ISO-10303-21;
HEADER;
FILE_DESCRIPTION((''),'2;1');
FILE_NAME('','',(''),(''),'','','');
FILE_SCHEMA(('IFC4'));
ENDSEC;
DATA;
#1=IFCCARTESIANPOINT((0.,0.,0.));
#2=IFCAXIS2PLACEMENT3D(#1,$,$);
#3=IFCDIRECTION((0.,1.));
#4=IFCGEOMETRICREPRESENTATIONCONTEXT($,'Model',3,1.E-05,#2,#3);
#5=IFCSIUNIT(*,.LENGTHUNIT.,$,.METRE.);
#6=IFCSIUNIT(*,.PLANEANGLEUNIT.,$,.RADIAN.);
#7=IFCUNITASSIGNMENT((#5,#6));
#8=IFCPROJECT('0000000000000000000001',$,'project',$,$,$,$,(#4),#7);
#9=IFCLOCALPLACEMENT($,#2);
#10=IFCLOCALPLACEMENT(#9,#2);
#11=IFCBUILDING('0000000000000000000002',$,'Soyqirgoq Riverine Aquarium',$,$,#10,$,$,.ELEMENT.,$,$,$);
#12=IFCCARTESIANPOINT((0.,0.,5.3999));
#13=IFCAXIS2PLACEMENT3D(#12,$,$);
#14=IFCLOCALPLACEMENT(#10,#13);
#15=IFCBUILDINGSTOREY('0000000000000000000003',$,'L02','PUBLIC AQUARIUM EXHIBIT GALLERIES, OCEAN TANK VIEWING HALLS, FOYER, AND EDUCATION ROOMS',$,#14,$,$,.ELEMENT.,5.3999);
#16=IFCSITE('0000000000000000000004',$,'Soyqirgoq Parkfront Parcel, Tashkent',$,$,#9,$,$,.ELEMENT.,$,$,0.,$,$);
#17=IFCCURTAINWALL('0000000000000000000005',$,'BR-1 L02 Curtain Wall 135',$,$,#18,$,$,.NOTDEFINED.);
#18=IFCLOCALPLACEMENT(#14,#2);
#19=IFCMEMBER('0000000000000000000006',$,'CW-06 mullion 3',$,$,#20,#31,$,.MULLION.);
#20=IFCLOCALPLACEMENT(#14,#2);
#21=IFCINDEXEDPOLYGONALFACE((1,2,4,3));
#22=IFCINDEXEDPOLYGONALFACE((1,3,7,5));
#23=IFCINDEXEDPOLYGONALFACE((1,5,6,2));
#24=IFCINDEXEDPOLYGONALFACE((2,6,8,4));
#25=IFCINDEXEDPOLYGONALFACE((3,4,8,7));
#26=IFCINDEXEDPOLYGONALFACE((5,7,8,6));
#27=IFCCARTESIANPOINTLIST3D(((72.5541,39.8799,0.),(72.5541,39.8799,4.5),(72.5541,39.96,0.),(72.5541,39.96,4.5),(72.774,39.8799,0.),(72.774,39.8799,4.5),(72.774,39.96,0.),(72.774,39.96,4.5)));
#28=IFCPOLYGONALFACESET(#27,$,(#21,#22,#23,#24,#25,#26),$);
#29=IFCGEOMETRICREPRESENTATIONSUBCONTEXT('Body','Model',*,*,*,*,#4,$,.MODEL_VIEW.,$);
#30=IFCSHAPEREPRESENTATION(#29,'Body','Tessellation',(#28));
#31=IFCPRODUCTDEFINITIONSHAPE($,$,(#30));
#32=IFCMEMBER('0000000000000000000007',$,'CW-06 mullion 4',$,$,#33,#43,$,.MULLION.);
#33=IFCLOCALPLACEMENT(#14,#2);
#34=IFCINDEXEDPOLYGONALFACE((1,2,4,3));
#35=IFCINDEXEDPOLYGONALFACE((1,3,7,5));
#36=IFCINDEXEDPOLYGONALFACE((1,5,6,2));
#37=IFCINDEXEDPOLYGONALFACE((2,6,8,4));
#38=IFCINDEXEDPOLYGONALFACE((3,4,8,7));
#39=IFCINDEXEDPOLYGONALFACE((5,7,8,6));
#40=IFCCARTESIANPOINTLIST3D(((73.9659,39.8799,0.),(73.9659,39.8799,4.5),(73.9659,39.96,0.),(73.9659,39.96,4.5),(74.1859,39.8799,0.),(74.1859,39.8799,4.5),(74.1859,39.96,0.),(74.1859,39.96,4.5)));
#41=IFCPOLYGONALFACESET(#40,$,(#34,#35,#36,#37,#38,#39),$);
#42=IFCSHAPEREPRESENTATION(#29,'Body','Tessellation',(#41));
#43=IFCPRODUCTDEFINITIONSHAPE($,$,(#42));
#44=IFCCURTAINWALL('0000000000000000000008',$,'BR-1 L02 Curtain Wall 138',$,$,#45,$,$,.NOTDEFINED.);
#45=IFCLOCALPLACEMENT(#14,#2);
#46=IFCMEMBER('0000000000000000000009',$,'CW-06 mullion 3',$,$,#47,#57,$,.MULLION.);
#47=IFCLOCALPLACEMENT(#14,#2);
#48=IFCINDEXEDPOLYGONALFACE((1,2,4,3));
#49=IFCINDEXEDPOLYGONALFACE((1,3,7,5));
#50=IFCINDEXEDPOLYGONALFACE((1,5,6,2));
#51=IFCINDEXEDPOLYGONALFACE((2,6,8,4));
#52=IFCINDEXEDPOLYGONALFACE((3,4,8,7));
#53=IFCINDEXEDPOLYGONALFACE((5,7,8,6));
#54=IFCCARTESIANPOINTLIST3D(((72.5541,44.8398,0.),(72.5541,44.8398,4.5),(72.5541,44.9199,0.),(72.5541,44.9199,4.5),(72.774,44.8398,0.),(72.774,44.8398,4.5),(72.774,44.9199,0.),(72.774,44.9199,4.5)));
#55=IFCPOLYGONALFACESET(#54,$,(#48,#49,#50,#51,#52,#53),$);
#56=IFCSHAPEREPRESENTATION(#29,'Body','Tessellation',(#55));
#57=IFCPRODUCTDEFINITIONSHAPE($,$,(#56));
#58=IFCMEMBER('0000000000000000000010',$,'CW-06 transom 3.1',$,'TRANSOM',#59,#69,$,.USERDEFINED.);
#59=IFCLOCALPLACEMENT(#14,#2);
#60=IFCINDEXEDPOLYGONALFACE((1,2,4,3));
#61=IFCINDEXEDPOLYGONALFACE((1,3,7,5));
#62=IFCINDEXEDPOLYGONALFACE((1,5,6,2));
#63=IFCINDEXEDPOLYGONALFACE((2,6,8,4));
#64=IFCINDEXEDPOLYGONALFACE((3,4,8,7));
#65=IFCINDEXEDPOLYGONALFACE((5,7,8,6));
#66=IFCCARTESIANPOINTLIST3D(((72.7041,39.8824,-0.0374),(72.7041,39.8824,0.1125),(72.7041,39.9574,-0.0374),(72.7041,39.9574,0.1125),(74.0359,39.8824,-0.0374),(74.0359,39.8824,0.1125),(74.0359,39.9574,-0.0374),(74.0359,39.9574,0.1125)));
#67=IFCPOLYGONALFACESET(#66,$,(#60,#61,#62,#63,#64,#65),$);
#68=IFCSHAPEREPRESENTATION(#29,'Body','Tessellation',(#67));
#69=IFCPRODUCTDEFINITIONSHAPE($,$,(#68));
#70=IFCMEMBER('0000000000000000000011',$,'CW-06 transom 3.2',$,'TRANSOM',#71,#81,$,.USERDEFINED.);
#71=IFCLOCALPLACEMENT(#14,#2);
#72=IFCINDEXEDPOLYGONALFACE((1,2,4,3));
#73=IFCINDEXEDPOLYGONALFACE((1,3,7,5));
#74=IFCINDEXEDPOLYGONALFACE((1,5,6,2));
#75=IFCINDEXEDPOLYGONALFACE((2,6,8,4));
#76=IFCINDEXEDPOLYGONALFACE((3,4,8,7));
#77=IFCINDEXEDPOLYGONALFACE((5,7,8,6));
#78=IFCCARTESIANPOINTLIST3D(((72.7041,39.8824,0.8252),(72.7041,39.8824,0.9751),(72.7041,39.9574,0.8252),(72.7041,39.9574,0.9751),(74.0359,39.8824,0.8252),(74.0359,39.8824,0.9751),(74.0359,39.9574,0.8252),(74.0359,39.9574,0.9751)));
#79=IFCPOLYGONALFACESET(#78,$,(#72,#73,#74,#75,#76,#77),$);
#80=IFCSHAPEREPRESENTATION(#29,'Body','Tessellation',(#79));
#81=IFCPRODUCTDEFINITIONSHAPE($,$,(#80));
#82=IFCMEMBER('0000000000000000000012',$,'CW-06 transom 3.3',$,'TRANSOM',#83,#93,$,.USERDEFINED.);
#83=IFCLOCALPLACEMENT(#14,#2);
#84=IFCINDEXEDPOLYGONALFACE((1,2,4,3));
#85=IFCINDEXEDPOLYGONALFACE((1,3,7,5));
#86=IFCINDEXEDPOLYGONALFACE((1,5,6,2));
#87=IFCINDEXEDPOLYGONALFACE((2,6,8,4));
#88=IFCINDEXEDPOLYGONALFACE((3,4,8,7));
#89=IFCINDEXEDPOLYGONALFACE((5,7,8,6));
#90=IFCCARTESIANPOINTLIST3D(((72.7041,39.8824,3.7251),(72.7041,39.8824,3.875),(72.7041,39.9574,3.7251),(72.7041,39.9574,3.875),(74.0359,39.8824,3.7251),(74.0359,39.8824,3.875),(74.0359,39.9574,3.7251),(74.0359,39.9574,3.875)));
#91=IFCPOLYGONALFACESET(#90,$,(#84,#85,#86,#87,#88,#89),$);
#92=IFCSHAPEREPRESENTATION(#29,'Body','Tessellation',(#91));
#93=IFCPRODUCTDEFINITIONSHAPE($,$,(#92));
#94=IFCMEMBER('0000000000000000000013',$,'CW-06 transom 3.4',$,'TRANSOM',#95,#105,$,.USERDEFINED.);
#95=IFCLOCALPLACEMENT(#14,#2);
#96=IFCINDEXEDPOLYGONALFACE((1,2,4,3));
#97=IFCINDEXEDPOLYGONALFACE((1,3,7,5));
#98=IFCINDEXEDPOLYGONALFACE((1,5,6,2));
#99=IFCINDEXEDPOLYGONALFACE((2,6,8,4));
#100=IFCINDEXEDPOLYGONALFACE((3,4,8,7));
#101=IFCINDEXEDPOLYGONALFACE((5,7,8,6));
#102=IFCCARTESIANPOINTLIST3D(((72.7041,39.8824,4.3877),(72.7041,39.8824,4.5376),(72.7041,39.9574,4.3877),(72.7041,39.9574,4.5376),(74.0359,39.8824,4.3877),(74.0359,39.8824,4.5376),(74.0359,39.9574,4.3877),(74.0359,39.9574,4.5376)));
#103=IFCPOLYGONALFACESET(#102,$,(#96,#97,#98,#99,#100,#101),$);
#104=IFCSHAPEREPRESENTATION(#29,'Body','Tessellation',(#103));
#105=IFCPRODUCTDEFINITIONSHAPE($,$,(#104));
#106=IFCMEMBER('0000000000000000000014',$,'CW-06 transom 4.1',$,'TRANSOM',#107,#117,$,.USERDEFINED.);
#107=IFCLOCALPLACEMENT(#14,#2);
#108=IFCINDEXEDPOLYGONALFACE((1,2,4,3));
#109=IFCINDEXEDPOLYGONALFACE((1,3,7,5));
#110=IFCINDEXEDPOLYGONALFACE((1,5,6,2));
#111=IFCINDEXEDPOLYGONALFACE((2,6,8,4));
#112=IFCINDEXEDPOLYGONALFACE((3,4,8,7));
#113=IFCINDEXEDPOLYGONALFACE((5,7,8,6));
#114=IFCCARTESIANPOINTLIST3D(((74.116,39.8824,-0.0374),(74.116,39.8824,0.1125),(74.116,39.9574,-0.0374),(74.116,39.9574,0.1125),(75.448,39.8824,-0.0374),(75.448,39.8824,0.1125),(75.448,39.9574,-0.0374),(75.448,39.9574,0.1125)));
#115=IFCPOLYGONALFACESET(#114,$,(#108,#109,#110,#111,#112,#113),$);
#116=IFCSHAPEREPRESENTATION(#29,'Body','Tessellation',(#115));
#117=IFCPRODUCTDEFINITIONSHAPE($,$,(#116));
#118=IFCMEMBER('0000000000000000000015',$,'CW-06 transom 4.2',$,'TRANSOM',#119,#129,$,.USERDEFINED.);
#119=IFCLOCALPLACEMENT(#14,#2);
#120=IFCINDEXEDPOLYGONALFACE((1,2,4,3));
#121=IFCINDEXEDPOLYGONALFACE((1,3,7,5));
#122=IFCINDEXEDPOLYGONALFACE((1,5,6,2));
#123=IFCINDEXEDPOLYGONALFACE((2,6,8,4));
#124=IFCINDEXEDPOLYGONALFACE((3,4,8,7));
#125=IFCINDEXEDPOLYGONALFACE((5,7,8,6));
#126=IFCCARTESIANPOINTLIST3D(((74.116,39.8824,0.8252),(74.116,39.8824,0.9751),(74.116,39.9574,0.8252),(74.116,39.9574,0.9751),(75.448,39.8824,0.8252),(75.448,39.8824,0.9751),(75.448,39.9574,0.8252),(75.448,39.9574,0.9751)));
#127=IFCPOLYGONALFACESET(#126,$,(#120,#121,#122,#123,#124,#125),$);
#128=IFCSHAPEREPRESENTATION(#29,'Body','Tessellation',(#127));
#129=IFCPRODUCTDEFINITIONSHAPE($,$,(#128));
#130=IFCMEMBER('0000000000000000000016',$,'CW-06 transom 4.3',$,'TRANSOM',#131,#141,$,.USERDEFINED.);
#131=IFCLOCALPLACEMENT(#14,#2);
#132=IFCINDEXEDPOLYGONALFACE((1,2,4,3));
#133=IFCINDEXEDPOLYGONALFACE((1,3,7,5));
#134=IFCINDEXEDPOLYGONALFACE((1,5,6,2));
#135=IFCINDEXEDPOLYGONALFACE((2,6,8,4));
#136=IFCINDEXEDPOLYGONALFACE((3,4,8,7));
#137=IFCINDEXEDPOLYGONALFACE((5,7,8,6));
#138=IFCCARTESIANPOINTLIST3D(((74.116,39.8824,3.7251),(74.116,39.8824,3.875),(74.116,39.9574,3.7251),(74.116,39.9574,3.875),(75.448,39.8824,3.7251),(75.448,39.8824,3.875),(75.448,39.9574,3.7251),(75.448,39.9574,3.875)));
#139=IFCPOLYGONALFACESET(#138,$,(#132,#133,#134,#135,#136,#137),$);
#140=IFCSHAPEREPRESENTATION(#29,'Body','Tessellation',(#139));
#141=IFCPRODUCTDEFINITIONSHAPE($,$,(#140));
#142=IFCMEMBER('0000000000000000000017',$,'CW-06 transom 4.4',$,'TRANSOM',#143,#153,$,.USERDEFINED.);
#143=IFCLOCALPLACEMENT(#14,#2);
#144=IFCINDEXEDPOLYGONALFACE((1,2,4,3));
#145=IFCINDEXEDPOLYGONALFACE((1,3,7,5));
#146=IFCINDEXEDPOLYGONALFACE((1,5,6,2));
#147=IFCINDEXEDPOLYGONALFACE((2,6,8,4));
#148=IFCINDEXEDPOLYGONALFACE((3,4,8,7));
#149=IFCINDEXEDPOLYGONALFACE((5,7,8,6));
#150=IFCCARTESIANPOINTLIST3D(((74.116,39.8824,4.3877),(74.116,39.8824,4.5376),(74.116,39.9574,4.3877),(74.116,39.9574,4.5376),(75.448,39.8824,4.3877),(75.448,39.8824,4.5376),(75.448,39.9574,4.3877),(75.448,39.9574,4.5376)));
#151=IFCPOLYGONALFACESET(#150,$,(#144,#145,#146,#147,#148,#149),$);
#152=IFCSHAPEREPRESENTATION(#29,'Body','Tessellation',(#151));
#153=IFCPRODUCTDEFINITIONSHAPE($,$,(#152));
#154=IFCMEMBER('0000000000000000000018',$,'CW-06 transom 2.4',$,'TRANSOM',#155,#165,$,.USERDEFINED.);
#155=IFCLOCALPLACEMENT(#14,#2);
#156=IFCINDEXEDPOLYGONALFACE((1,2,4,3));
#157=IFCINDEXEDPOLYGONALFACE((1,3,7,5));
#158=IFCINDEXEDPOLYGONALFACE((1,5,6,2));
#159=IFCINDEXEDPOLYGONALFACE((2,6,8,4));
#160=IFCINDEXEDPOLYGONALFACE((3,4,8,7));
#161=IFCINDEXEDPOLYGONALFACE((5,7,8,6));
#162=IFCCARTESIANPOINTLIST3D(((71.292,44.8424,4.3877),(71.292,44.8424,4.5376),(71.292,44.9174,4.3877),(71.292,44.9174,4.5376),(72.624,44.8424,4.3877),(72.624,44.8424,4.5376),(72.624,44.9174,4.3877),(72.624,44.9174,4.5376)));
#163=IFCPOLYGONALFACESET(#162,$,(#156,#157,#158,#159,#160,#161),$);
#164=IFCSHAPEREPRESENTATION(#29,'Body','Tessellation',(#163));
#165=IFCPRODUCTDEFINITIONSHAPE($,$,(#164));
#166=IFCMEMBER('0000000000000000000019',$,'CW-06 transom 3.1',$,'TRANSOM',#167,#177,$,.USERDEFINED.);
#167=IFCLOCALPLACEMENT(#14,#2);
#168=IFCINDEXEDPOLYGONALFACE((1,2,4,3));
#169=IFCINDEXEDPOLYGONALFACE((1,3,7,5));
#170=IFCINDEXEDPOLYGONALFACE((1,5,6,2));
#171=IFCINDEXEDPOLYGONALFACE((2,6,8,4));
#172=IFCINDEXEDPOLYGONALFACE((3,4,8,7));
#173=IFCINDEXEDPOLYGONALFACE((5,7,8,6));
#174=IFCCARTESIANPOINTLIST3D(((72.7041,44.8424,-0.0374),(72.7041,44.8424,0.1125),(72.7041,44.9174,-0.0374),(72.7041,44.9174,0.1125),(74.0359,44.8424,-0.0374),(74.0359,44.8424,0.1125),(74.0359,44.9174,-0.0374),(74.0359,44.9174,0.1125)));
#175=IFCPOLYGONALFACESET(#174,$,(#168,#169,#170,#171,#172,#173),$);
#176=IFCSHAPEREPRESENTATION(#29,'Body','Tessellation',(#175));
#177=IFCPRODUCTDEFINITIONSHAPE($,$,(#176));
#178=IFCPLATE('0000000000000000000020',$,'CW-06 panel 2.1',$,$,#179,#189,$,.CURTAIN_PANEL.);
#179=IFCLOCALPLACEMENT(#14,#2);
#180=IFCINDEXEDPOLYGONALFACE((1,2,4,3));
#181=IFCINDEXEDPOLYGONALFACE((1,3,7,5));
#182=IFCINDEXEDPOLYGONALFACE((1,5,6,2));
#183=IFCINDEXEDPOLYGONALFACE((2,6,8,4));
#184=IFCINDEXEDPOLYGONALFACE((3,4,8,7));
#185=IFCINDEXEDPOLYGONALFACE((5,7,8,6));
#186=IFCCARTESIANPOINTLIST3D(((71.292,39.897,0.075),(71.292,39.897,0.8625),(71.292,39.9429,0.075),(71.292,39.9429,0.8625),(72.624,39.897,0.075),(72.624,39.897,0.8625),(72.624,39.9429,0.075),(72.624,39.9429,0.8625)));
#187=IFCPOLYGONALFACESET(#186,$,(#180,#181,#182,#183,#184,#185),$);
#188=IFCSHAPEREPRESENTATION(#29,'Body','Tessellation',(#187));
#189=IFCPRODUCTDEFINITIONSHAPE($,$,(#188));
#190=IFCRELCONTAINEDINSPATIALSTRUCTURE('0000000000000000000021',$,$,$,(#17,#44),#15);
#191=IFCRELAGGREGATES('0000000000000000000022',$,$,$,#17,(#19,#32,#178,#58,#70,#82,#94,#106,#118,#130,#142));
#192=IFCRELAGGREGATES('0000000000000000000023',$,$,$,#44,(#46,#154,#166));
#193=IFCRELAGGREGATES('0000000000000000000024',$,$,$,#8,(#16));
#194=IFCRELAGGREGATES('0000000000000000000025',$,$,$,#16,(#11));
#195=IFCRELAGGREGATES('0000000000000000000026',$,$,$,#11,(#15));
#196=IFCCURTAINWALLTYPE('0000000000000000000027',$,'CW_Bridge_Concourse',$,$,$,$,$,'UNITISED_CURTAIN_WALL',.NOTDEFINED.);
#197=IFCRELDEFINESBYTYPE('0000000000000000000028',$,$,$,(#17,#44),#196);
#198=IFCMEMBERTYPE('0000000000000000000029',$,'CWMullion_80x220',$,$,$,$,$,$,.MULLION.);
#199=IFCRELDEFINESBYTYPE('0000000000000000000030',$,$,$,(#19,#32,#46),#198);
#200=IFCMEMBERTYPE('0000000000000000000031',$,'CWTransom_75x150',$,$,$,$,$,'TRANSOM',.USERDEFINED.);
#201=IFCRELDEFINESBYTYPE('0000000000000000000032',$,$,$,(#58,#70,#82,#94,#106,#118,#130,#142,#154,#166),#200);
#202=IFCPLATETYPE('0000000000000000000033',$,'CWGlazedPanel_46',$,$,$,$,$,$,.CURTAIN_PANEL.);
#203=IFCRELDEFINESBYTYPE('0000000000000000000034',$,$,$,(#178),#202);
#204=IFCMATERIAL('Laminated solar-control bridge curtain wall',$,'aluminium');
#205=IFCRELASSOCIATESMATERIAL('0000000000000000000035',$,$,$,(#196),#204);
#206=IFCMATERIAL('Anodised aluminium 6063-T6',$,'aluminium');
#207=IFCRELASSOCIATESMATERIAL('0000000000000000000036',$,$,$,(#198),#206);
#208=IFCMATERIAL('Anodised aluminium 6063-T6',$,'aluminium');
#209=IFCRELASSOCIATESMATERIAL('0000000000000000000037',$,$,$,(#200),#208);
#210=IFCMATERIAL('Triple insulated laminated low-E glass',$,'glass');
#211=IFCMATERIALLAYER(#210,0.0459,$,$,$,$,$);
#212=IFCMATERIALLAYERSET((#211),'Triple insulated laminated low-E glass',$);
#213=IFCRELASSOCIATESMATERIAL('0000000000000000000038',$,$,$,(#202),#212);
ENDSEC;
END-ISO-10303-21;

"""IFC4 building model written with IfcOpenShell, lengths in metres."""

from ifc_helpers import new_model, si_unit, direction, frame, origin, origin_2d, place, context, subcontext, project, spatial, rectangle, extrude, material, layer, layer_set, material_profile, profile_set, type_object, element, aggregate, save


model = new_model("IFC4")

# Units and contexts
model_context = context("Model", 3, precision=1e-05, world=origin(), true_north=direction((0.0, 1.0)))
body_context = subcontext(model_context, "Body", "Model", "MODEL_VIEW")
ifc_project = project(units=[si_unit("LENGTHUNIT", "METRE"), si_unit("PLANEANGLEUNIT", "RADIAN")], contexts=[model_context])

# Site, building, storey
site_placement = place(None, origin())
site = spatial("IfcSite", under=ifc_project, at=site_placement, Name="Soyqirgoq Parkfront Parcel, Tashkent", CompositionType="ELEMENT", RefElevation=0.0)
building_placement = place(site_placement, origin())
building = spatial("IfcBuilding", under=site, at=building_placement, Name="Soyqirgoq Riverine Aquarium", CompositionType="ELEMENT")
storey_placement = place(building_placement, frame((0.0, 0.0, 5.3999)))
storey = spatial("IfcBuildingStorey", under=building, at=storey_placement, Name="L02", Description="PUBLIC AQUARIUM EXHIBIT GALLERIES, OCEAN TANK VIEWING HALLS, FOYER, AND EDUCATION ROOMS", CompositionType="ELEMENT", Elevation=5.3999)

# Curtain wall, members
ifc_material_1 = material(Name="Laminated solar-control bridge curtain wall", Category="aluminium")
curtain_wall_type = type_object("IfcCurtainWallType", Name="CW_Bridge_Concourse", ElementType="UNITISED_CURTAIN_WALL", PredefinedType="NOTDEFINED", material=ifc_material_1)
curtain_wall_1_placement = place(storey_placement, origin())
curtain_wall_1 = element("IfcCurtainWall", 1, at=curtain_wall_1_placement, inside=storey, type_object=curtain_wall_type, Name="BR-1 L02 Curtain Wall 135", PredefinedType="NOTDEFINED")
ifc_material_2 = material(Name="Anodised aluminium 6063-T6", Category="aluminium")
ifc_material_profile_1 = material_profile(ifc_material_2, rectangle(XDim=0.0801, YDim=0.22, at=origin_2d()), Name="ALU-M 80x220")
ifc_profile_set_1 = profile_set([ifc_material_profile_1], Name="Anodised aluminium 6063-T6")
member_type_1 = type_object("IfcMemberType", Name="CWMullion_80x220", PredefinedType="MULLION", material=ifc_profile_set_1)
member_1_placement = place(storey_placement, frame((72.6641, 39.9199, 0.0), z_axis=(0.0, 0.0, 1.0), x_axis=(0.0, 1.0, 0.0)))
member_1 = element("IfcMember", 2, at=member_1_placement, type_object=member_type_1, Name="CW-06 mullion 3", PredefinedType="MULLION", context=body_context, shape_type="SweptSolid", body=[
    extrude(rectangle(XDim=0.0801, YDim=0.22, at=origin_2d()), origin(), (0.0, 0.0, 1.0), 4.5),
])
member_2_placement = place(storey_placement, frame((74.0759, 39.9199, 0.0), z_axis=(0.0, 0.0, 1.0), x_axis=(0.0, 1.0, 0.0)))
member_2 = element("IfcMember", 3, at=member_2_placement, type_object=member_type_1, Name="CW-06 mullion 4", PredefinedType="MULLION", context=body_context, shape_type="SweptSolid", body=[
    extrude(rectangle(XDim=0.0801, YDim=0.22, at=origin_2d()), origin(), (0.0, 0.0, 1.0), 4.5),
])

# Curtain wall, member
curtain_wall_2_placement = place(storey_placement, origin())
curtain_wall_2 = element("IfcCurtainWall", 4, at=curtain_wall_2_placement, inside=storey, type_object=curtain_wall_type, Name="BR-1 L02 Curtain Wall 138", PredefinedType="NOTDEFINED")
member_3_placement = place(storey_placement, frame((72.6641, 44.8799, 0.0), z_axis=(0.0, 0.0, 1.0), x_axis=(0.0, 1.0, 0.0)))
member_3 = element("IfcMember", 5, at=member_3_placement, type_object=member_type_1, Name="CW-06 mullion 3", PredefinedType="MULLION", context=body_context, shape_type="SweptSolid", body=[
    extrude(rectangle(XDim=0.0801, YDim=0.22, at=origin_2d()), origin(), (0.0, 0.0, 1.0), 4.5),
])

# Members
ifc_material_3 = material(Name="Anodised aluminium 6063-T6", Category="aluminium")
ifc_material_profile_2 = material_profile(ifc_material_3, rectangle(XDim=0.075, YDim=0.1499, at=origin_2d()), Name="ALU-T 75x150")
ifc_profile_set_2 = profile_set([ifc_material_profile_2], Name="Anodised aluminium 6063-T6")
member_type_2 = type_object("IfcMemberType", Name="CWTransom_75x150", ElementType="TRANSOM", PredefinedType="USERDEFINED", material=ifc_profile_set_2)
member_4_placement = place(storey_placement, frame((72.7041, 39.9199, 0.0376), z_axis=(1.0, 0.0, 0.0), x_axis=(0.0, 1.0, 0.0)))
member_4 = element("IfcMember", 6, at=member_4_placement, type_object=member_type_2, Name="CW-06 transom 3.1", ObjectType="TRANSOM", PredefinedType="USERDEFINED", context=body_context, shape_type="SweptSolid", body=[
    extrude(rectangle(XDim=0.075, YDim=0.1499, at=origin_2d()), origin(), (0.0, 0.0, 1.0), 1.3318),
])
member_5_placement = place(storey_placement, frame((72.7041, 39.9199, 0.9001), z_axis=(1.0, 0.0, 0.0), x_axis=(0.0, 1.0, 0.0)))
member_5 = element("IfcMember", 7, at=member_5_placement, type_object=member_type_2, Name="CW-06 transom 3.2", ObjectType="TRANSOM", PredefinedType="USERDEFINED", context=body_context, shape_type="SweptSolid", body=[
    extrude(rectangle(XDim=0.075, YDim=0.1499, at=origin_2d()), origin(), (0.0, 0.0, 1.0), 1.3318),
])
member_6_placement = place(storey_placement, frame((72.7041, 39.9199, 3.8), z_axis=(1.0, 0.0, 0.0), x_axis=(0.0, 1.0, 0.0)))
member_6 = element("IfcMember", 8, at=member_6_placement, type_object=member_type_2, Name="CW-06 transom 3.3", ObjectType="TRANSOM", PredefinedType="USERDEFINED", context=body_context, shape_type="SweptSolid", body=[
    extrude(rectangle(XDim=0.075, YDim=0.1499, at=origin_2d()), origin(), (0.0, 0.0, 1.0), 1.3318),
])
member_7_placement = place(storey_placement, frame((72.7041, 39.9199, 4.4626), z_axis=(1.0, 0.0, 0.0), x_axis=(0.0, 1.0, 0.0)))
member_7 = element("IfcMember", 9, at=member_7_placement, type_object=member_type_2, Name="CW-06 transom 3.4", ObjectType="TRANSOM", PredefinedType="USERDEFINED", context=body_context, shape_type="SweptSolid", body=[
    extrude(rectangle(XDim=0.075, YDim=0.1499, at=origin_2d()), origin(), (0.0, 0.0, 1.0), 1.3318),
])
member_8_placement = place(storey_placement, frame((74.116, 39.9199, 0.0376), z_axis=(1.0, 0.0, 0.0), x_axis=(0.0, 1.0, 0.0)))
member_8 = element("IfcMember", 10, at=member_8_placement, type_object=member_type_2, Name="CW-06 transom 4.1", ObjectType="TRANSOM", PredefinedType="USERDEFINED", context=body_context, shape_type="SweptSolid", body=[
    extrude(rectangle(XDim=0.075, YDim=0.1499, at=origin_2d()), origin(), (0.0, 0.0, 1.0), 1.332),
])
member_9_placement = place(storey_placement, frame((74.116, 39.9199, 0.9001), z_axis=(1.0, 0.0, 0.0), x_axis=(0.0, 1.0, 0.0)))
member_9 = element("IfcMember", 11, at=member_9_placement, type_object=member_type_2, Name="CW-06 transom 4.2", ObjectType="TRANSOM", PredefinedType="USERDEFINED", context=body_context, shape_type="SweptSolid", body=[
    extrude(rectangle(XDim=0.075, YDim=0.1499, at=origin_2d()), origin(), (0.0, 0.0, 1.0), 1.332),
])
member_10_placement = place(storey_placement, frame((74.116, 39.9199, 3.8), z_axis=(1.0, 0.0, 0.0), x_axis=(0.0, 1.0, 0.0)))
member_10 = element("IfcMember", 12, at=member_10_placement, type_object=member_type_2, Name="CW-06 transom 4.3", ObjectType="TRANSOM", PredefinedType="USERDEFINED", context=body_context, shape_type="SweptSolid", body=[
    extrude(rectangle(XDim=0.075, YDim=0.1499, at=origin_2d()), origin(), (0.0, 0.0, 1.0), 1.332),
])
member_11_placement = place(storey_placement, frame((74.116, 39.9199, 4.4626), z_axis=(1.0, 0.0, 0.0), x_axis=(0.0, 1.0, 0.0)))
member_11 = element("IfcMember", 13, at=member_11_placement, type_object=member_type_2, Name="CW-06 transom 4.4", ObjectType="TRANSOM", PredefinedType="USERDEFINED", context=body_context, shape_type="SweptSolid", body=[
    extrude(rectangle(XDim=0.075, YDim=0.1499, at=origin_2d()), origin(), (0.0, 0.0, 1.0), 1.332),
])
member_12_placement = place(storey_placement, frame((71.292, 44.8799, 4.4626), z_axis=(1.0, 0.0, 0.0), x_axis=(0.0, 1.0, 0.0)))
member_12 = element("IfcMember", 14, at=member_12_placement, type_object=member_type_2, Name="CW-06 transom 2.4", ObjectType="TRANSOM", PredefinedType="USERDEFINED", context=body_context, shape_type="SweptSolid", body=[
    extrude(rectangle(XDim=0.075, YDim=0.1499, at=origin_2d()), origin(), (0.0, 0.0, 1.0), 1.332),
])
member_13_placement = place(storey_placement, frame((72.7041, 44.8799, 0.0376), z_axis=(1.0, 0.0, 0.0), x_axis=(0.0, 1.0, 0.0)))
member_13 = element("IfcMember", 15, at=member_13_placement, type_object=member_type_2, Name="CW-06 transom 3.1", ObjectType="TRANSOM", PredefinedType="USERDEFINED", context=body_context, shape_type="SweptSolid", body=[
    extrude(rectangle(XDim=0.075, YDim=0.1499, at=origin_2d()), origin(), (0.0, 0.0, 1.0), 1.3318),
])

# Plate
ifc_material_4 = material(Name="Triple insulated laminated low-E glass", Category="glass")
ifc_layer_1 = layer(ifc_material_4, 0.0459)
ifc_layer_set_1 = layer_set([ifc_layer_1], Name="Triple insulated laminated low-E glass")
plate_type_1 = type_object("IfcPlateType", Name="CWGlazedPanel_46", PredefinedType="CURTAIN_PANEL", material=ifc_layer_set_1)
plate_1_placement = place(storey_placement, frame((71.958, 39.9199, 0.075), z_axis=(0.0, 0.0, 1.0), x_axis=(1.0, 0.0, 0.0)))
plate_1 = element("IfcPlate", 16, at=plate_1_placement, type_object=plate_type_1, Name="CW-06 panel 2.1", PredefinedType="CURTAIN_PANEL", context=body_context, shape_type="SweptSolid", body=[
    extrude(rectangle(XDim=1.332, YDim=0.0459, at=origin_2d()), origin(), (0.0, 0.0, 1.0), 0.7876),
])
aggregate(curtain_wall_1, [member_1, member_2, plate_1, member_4, member_5, member_6, member_7, member_8, member_9, member_10, member_11])
aggregate(curtain_wall_2, [member_3, member_12, member_13])

save(model, "model.ifc")
